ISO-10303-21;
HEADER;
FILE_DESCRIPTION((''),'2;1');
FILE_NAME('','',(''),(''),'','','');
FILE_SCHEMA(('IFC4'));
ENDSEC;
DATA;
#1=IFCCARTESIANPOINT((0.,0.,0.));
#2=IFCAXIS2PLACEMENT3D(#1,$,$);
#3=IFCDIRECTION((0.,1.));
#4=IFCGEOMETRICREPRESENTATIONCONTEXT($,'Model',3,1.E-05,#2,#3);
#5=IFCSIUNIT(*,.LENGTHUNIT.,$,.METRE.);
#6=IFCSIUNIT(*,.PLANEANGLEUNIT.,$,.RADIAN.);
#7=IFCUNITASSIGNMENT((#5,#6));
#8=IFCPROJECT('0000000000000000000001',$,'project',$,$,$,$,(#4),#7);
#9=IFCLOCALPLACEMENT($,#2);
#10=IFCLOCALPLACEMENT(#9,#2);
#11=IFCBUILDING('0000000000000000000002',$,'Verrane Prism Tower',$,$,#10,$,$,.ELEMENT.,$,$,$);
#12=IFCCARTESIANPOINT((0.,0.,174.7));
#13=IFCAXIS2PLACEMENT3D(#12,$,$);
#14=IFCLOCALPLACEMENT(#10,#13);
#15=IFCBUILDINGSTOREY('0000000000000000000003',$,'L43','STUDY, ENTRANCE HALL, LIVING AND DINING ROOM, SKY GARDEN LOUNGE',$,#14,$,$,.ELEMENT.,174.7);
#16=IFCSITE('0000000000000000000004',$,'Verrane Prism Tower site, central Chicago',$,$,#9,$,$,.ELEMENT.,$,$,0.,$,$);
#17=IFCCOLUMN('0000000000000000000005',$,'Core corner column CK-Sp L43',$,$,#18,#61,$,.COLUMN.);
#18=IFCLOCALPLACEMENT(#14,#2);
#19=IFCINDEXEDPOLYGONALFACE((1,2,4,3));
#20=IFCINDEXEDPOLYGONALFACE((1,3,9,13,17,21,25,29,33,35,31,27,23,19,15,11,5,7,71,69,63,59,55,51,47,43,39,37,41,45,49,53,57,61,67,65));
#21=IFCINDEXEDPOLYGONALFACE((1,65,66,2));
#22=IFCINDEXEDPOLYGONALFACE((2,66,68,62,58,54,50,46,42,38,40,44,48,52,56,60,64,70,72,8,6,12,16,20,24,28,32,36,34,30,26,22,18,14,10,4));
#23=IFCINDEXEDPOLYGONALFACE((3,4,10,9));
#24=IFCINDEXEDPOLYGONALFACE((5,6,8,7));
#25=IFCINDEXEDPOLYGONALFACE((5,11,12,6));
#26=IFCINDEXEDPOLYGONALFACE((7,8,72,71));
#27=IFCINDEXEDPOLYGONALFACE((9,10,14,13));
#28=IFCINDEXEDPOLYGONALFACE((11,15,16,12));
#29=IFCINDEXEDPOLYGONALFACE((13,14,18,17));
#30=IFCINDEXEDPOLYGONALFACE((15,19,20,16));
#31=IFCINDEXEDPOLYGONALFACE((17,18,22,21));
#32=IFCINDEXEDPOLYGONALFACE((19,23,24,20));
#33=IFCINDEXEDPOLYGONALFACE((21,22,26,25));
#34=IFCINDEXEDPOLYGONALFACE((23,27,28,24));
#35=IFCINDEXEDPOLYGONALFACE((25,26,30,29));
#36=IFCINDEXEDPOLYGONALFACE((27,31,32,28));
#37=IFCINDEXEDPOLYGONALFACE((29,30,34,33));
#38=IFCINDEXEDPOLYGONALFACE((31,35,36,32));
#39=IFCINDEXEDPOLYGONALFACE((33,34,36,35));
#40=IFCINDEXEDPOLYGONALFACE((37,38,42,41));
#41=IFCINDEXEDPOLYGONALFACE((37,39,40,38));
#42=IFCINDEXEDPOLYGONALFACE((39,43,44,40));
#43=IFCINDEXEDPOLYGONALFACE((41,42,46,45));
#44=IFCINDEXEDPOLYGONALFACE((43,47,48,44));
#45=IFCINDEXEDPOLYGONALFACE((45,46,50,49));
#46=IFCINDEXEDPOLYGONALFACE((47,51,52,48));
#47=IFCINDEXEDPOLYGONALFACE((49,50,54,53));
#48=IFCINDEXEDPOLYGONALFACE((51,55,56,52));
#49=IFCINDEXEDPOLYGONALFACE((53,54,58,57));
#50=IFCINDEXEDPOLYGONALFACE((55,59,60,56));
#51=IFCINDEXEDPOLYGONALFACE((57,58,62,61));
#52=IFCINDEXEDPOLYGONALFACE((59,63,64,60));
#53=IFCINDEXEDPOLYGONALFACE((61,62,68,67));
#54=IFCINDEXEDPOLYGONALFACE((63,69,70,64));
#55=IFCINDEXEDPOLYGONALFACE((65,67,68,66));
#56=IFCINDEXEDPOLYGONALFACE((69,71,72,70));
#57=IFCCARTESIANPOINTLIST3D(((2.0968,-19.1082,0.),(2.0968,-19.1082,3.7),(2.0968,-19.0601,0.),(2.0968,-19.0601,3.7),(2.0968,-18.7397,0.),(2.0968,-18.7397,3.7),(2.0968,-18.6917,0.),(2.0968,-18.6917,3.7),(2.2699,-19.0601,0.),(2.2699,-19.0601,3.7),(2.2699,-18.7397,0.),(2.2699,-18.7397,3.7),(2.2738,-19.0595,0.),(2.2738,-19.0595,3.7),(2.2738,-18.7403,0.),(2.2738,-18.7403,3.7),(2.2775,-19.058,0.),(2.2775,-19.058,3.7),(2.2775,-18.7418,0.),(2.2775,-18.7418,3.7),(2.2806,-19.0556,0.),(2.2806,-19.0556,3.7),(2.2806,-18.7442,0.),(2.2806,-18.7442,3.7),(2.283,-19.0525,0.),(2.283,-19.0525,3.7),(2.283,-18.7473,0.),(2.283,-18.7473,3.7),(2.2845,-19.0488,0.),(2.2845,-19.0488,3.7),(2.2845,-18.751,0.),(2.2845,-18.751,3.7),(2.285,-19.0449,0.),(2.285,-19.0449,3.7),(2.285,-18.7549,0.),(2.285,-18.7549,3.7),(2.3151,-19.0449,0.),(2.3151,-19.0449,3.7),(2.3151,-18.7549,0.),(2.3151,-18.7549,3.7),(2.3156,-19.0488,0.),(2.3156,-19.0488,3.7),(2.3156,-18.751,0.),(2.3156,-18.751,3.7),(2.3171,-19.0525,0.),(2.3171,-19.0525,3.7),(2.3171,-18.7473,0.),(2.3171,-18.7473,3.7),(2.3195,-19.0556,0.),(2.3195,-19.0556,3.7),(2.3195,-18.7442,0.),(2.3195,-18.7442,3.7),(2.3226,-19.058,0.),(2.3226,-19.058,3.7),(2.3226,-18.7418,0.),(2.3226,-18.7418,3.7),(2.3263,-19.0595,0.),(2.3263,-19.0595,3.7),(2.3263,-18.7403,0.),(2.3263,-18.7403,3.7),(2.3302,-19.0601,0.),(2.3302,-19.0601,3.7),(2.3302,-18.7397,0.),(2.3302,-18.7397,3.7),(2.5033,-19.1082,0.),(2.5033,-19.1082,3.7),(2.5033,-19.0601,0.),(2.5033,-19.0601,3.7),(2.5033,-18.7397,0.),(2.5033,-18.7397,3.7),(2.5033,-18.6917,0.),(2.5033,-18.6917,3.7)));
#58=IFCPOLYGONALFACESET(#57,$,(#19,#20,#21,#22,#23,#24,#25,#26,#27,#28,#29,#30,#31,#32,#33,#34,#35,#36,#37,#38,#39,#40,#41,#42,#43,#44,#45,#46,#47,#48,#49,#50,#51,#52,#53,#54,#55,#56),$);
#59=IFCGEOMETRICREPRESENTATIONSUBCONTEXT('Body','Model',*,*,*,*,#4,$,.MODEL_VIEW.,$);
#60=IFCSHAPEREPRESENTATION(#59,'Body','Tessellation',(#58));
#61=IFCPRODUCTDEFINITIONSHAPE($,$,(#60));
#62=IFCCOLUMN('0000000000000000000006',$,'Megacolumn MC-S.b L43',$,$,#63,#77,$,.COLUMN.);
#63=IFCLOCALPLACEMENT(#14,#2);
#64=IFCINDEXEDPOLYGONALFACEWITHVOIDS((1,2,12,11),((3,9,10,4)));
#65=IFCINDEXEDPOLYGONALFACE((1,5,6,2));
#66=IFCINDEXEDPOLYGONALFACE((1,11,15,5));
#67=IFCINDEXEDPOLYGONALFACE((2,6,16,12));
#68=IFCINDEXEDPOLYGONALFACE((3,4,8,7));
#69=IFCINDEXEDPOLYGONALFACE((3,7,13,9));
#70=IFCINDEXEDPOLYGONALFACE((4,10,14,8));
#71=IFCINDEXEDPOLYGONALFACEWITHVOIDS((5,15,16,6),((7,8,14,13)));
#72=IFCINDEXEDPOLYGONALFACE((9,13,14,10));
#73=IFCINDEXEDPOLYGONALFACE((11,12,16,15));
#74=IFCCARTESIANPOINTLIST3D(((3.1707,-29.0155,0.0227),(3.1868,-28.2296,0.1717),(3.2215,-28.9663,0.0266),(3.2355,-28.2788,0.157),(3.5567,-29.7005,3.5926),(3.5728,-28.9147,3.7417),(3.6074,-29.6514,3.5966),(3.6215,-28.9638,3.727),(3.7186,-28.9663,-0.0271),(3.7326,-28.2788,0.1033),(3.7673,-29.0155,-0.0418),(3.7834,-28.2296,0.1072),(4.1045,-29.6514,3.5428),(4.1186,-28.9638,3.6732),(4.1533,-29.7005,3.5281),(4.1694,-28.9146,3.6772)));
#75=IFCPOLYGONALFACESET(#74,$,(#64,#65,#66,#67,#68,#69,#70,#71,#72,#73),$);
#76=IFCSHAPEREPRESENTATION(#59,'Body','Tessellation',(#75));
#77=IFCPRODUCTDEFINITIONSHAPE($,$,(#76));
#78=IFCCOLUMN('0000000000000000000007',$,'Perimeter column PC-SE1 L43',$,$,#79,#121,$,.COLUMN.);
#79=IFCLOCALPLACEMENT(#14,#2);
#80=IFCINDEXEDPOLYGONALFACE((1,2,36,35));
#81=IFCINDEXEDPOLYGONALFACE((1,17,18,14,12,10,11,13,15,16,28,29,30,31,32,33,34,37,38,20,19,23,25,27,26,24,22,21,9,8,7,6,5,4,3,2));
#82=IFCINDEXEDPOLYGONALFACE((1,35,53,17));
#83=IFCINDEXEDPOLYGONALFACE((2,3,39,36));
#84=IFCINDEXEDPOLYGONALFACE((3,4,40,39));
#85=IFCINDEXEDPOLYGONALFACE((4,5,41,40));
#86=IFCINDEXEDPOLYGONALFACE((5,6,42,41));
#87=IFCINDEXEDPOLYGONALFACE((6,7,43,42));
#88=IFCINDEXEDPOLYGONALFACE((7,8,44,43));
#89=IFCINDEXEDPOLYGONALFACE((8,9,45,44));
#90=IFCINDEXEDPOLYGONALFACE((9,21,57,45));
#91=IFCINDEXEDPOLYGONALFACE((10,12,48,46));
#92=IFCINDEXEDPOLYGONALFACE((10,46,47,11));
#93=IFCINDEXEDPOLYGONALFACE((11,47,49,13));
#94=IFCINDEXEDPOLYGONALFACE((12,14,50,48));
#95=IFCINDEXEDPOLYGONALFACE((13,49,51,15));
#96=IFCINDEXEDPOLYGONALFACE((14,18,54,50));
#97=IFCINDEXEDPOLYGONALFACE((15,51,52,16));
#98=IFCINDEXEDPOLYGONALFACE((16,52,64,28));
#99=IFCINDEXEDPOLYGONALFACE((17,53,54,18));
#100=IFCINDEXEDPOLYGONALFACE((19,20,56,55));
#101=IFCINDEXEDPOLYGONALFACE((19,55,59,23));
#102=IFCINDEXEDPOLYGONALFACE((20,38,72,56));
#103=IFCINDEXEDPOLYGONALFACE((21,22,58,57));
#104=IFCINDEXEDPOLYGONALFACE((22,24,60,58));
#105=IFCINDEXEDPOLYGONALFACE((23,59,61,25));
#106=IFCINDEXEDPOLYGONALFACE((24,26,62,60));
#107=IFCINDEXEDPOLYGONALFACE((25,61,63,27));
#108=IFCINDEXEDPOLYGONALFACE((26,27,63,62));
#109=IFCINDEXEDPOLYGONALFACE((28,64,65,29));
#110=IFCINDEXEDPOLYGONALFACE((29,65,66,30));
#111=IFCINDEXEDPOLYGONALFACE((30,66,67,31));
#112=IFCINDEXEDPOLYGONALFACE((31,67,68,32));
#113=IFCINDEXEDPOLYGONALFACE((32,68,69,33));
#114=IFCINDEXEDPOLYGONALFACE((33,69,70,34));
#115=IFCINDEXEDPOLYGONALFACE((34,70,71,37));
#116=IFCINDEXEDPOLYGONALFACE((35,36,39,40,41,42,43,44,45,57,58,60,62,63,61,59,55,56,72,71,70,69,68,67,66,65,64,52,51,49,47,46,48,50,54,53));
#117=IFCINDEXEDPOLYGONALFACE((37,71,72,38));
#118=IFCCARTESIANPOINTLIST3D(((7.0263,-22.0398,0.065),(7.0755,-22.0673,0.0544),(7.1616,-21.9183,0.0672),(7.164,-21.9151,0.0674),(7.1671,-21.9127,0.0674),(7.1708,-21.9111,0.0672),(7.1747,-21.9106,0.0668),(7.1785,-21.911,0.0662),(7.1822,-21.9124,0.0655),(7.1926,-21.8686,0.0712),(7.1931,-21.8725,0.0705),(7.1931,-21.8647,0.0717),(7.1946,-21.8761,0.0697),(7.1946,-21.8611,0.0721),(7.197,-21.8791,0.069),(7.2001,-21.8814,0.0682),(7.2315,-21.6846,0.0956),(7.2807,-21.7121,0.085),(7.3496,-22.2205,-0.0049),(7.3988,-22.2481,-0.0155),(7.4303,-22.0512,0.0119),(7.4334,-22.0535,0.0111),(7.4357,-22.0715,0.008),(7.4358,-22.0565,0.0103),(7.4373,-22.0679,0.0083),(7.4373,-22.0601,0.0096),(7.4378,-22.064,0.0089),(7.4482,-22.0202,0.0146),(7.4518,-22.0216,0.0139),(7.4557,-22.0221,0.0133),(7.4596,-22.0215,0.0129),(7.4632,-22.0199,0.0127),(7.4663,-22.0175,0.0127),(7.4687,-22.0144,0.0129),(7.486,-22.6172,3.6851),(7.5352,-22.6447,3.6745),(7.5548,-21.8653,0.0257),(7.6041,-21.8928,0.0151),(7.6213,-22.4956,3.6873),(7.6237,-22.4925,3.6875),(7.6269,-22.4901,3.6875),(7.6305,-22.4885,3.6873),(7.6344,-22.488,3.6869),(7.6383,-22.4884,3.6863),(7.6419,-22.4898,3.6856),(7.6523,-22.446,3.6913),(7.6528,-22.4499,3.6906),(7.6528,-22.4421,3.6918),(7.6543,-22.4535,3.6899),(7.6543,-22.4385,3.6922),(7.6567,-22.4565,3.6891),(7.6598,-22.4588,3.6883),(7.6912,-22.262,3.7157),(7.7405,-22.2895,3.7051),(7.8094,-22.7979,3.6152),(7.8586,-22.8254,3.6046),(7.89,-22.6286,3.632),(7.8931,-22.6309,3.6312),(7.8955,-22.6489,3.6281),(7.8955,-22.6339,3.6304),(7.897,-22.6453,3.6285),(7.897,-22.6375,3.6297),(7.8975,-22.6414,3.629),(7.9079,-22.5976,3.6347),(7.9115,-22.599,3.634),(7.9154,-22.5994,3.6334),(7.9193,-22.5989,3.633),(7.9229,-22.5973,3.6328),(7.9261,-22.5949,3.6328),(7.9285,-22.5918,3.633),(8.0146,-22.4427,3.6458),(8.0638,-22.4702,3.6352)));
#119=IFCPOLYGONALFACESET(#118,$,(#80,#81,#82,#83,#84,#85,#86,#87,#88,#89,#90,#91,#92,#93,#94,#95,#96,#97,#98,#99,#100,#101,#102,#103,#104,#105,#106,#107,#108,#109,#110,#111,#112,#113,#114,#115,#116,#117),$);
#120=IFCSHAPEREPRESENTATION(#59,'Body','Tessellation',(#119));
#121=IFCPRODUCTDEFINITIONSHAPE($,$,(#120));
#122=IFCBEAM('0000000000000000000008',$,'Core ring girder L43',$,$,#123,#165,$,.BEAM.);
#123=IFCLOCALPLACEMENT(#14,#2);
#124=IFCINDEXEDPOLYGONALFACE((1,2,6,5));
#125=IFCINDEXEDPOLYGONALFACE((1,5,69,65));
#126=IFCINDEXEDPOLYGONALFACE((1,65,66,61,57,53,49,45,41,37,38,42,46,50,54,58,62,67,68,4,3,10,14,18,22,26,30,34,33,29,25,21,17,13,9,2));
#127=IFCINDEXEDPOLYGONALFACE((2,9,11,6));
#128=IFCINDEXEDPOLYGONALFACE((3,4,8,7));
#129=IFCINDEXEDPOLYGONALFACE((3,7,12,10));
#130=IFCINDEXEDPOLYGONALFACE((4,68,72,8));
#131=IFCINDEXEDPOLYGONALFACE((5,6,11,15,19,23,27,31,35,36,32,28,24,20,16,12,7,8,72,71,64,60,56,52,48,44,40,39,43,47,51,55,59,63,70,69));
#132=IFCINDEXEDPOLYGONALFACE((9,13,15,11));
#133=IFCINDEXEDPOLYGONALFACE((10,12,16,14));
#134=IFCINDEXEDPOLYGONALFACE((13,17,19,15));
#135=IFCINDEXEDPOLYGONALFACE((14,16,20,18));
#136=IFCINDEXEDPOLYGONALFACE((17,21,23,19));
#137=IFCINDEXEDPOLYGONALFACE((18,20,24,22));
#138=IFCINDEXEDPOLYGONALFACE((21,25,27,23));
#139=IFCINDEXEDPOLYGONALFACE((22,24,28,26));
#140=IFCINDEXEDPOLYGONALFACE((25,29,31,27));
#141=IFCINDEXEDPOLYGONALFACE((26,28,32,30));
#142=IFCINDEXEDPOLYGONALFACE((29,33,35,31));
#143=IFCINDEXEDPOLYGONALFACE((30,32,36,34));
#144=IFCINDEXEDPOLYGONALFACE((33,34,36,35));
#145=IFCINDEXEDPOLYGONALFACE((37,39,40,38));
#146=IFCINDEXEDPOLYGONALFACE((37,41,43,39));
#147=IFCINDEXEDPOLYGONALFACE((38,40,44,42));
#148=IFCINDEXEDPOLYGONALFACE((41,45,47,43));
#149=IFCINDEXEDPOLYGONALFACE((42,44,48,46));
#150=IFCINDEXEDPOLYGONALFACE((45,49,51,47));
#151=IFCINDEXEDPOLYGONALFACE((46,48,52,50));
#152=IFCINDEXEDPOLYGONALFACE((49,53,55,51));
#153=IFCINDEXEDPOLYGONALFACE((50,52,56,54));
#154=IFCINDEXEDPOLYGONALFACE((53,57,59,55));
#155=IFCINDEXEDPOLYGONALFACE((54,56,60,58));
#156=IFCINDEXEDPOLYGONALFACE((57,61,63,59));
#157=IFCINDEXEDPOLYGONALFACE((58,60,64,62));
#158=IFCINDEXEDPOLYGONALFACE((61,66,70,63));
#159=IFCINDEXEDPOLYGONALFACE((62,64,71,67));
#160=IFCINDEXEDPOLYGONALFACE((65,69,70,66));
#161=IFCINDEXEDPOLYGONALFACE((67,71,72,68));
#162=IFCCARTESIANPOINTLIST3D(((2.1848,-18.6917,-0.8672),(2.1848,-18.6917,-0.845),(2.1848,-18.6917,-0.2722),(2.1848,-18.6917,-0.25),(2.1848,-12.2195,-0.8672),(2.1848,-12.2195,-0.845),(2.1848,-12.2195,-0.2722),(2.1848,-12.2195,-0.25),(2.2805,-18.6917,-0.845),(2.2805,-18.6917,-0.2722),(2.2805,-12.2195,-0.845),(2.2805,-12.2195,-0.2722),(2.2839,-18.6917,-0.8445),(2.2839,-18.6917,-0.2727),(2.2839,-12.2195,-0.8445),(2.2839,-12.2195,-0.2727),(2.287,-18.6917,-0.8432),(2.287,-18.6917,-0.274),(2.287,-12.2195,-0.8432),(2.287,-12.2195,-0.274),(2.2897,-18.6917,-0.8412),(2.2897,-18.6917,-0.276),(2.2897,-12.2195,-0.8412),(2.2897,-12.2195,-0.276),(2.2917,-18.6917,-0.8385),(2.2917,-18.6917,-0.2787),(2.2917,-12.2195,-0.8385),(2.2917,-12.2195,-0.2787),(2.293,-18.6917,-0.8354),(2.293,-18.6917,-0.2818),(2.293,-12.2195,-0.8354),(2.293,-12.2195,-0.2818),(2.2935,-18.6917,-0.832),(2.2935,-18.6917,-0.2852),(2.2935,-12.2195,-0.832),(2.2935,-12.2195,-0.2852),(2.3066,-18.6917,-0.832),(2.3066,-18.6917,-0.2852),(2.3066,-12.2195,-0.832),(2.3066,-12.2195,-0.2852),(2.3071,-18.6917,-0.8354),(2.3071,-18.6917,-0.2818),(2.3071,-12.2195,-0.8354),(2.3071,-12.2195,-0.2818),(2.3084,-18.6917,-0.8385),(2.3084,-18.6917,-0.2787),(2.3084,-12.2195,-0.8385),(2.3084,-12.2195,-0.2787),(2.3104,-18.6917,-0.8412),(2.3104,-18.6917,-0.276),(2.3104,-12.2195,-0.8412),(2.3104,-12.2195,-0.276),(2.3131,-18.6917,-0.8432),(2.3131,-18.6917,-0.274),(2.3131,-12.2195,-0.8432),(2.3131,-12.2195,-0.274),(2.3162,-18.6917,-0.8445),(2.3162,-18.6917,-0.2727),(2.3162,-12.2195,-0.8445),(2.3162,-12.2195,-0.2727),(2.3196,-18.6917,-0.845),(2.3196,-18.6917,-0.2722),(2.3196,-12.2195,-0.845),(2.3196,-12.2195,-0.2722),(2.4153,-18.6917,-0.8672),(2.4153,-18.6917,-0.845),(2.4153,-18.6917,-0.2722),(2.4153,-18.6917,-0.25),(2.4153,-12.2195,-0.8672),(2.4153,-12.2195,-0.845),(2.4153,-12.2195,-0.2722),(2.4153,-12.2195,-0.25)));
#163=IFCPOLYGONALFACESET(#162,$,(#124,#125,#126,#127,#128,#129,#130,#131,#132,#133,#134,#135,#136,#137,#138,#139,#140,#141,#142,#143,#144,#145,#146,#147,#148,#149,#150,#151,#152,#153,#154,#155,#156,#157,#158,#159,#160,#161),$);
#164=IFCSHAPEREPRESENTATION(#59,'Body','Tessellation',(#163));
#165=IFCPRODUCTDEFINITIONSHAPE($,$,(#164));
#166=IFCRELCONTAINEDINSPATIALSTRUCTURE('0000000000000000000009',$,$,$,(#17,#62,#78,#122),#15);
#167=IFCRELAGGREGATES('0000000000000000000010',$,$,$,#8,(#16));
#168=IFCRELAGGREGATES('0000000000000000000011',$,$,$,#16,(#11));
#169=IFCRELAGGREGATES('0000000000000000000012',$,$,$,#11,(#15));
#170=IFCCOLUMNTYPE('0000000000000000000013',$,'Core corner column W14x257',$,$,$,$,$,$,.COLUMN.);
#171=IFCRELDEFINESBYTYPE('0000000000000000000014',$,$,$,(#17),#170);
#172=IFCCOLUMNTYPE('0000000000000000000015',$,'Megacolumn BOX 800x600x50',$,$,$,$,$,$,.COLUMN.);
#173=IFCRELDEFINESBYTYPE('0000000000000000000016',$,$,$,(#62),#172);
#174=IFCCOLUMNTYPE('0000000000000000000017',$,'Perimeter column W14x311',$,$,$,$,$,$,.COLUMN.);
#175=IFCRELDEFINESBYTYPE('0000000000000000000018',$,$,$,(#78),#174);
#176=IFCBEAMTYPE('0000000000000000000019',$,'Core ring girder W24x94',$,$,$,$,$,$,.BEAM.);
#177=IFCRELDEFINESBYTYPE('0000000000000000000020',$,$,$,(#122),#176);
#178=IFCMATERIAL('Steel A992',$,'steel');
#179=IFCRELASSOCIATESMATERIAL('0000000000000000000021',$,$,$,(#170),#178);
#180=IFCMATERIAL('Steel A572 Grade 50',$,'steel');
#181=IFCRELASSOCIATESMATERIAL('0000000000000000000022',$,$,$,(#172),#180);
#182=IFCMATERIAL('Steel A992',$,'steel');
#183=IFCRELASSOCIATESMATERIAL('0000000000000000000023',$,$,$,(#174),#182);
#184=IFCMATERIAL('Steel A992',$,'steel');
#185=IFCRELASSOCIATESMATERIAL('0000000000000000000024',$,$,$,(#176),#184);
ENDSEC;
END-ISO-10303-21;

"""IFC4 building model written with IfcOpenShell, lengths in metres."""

from ifc_helpers import new_model, si_unit, direction, frame, origin, origin_2d, place, context, subcontext, project, spatial, hollow_rectangle, i_section, extrude, material, material_profile, profile_set, type_object, element, save


model = new_model("IFC4")

# Units and contexts
model_context = context("Model", 3, precision=1e-05, world=origin(), true_north=direction((0.0, 1.0)))
body_context = subcontext(model_context, "Body", "Model", "MODEL_VIEW")
ifc_project = project(units=[si_unit("LENGTHUNIT", "METRE"), si_unit("PLANEANGLEUNIT", "RADIAN")], contexts=[model_context])

# Site, building, storey
site_placement = place(None, origin())
site = spatial("IfcSite", under=ifc_project, at=site_placement, Name="Verrane Prism Tower site, central Chicago", CompositionType="ELEMENT", RefElevation=0.0)
building_placement = place(site_placement, origin())
building = spatial("IfcBuilding", under=site, at=building_placement, Name="Verrane Prism Tower", CompositionType="ELEMENT")
storey_placement = place(building_placement, frame((0.0, 0.0, 174.7)))
storey = spatial("IfcBuildingStorey", under=building, at=storey_placement, Name="L43", Description="STUDY, ENTRANCE HALL, LIVING AND DINING ROOM, SKY GARDEN LOUNGE", CompositionType="ELEMENT", Elevation=174.7)

# Columns
ifc_material_1 = material(Name="Steel A992", Category="steel")
ifc_material_profile_1 = material_profile(ifc_material_1, i_section(OverallWidth=0.4065, OverallDepth=0.4165, WebThickness=0.03, FlangeThickness=0.0481, FilletRadius=0.0151, at=origin_2d()), Name="W14x257")
ifc_profile_set_1 = profile_set([ifc_material_profile_1], Name="Steel A992")
column_type_1 = type_object("IfcColumnType", Name="Core corner column W14x257", PredefinedType="COLUMN", material=ifc_profile_set_1)
column_1_placement = place(storey_placement, frame((2.3, -18.8999, 0.0), z_axis=(0.0, 0.0, 1.0), x_axis=(-1.0, 0.0, 0.0)))
element("IfcColumn", 1, at=column_1_placement, inside=storey, type_object=column_type_1, Name="Core corner column CK-Sp L43", PredefinedType="COLUMN", context=body_context, shape_type="SweptSolid", body=[
    extrude(i_section(OverallWidth=0.4065, OverallDepth=0.4165, WebThickness=0.03, FlangeThickness=0.0481, FilletRadius=0.0151, at=origin_2d()), origin(), (0.0, 0.0, 1.0), 3.7),
])
ifc_material_2 = material(Name="Steel A572 Grade 50", Category="steel")
ifc_material_profile_2 = material_profile(ifc_material_2, hollow_rectangle(XDim=0.6001, YDim=0.8, WallThickness=0.05, at=origin_2d()), Name="BOX 800x600x50")
ifc_profile_set_2 = profile_set([ifc_material_profile_2], Name="Steel A572 Grade 50")
column_type_2 = type_object("IfcColumnType", Name="Megacolumn BOX 800x600x50", PredefinedType="COLUMN", material=ifc_profile_set_2)
column_2_placement = place(storey_placement, frame((3.4771, -28.6226, 0.0649), z_axis=(0.105587, -0.187398, 0.976593), x_axis=(-0.994207, -0.000042, 0.107483)))
element("IfcColumn", 2, at=column_2_placement, inside=storey, type_object=column_type_2, Name="Megacolumn MC-S.b L43", PredefinedType="COLUMN", context=body_context, shape_type="SweptSolid", body=[
    extrude(hollow_rectangle(XDim=0.6001, YDim=0.8, WallThickness=0.05, at=origin_2d()), origin(), (0.0, 0.0, 1.0), 3.6555),
])
ifc_material_3 = material(Name="Steel A992", Category="steel")
ifc_material_profile_3 = material_profile(ifc_material_3, i_section(OverallWidth=0.4114, OverallDepth=0.4343, WebThickness=0.0359, FlangeThickness=0.0574, FilletRadius=0.0151, at=origin_2d()), Name="W14x311")
ifc_profile_set_3 = profile_set([ifc_material_profile_3], Name="Steel A992")
column_type_3 = type_object("IfcColumnType", Name="Perimeter column W14x311", PredefinedType="COLUMN", material=ifc_profile_set_3)
column_3_placement = place(storey_placement, frame((7.3152, -21.9663, 0.04), z_axis=(0.12443, -0.156281, 0.979844), x_axis=(-0.498835, -0.8635, -0.074378)))
element("IfcColumn", 3, at=column_3_placement, inside=storey, type_object=column_type_3, Name="Perimeter column PC-SE1 L43", PredefinedType="COLUMN", context=body_context, shape_type="SweptSolid", body=[
    extrude(i_section(OverallWidth=0.4114, OverallDepth=0.4343, WebThickness=0.0359, FlangeThickness=0.0574, FilletRadius=0.0151, at=origin_2d()), origin(), (0.0, 0.0, 1.0), 3.6946),
])

# Beam
ifc_material_4 = material(Name="Steel A992", Category="steel")
ifc_material_profile_4 = material_profile(ifc_material_4, i_section(OverallWidth=0.2305, OverallDepth=0.6172, WebThickness=0.0132, FlangeThickness=0.0222, FilletRadius=0.0129, at=origin_2d()), Name="W24x94")
ifc_profile_set_4 = profile_set([ifc_material_profile_4], Name="Steel A992")
beam_type_1 = type_object("IfcBeamType", Name="Core ring girder W24x94", PredefinedType="BEAM", material=ifc_profile_set_4)
beam_1_placement = place(storey_placement, frame((2.3, -18.6917, -0.5586), z_axis=(0.0, 1.0, 0.0), x_axis=(-1.0, 0.0, 0.0)))
element("IfcBeam", 4, at=beam_1_placement, inside=storey, type_object=beam_type_1, Name="Core ring girder L43", PredefinedType="BEAM", context=body_context, shape_type="SweptSolid", body=[
    extrude(i_section(OverallWidth=0.2305, OverallDepth=0.6172, WebThickness=0.0132, FlangeThickness=0.0222, FilletRadius=0.0129, at=origin_2d()), origin(), (0.0, 0.0, 1.0), 6.4722),
])

save(model, "model.ifc")
